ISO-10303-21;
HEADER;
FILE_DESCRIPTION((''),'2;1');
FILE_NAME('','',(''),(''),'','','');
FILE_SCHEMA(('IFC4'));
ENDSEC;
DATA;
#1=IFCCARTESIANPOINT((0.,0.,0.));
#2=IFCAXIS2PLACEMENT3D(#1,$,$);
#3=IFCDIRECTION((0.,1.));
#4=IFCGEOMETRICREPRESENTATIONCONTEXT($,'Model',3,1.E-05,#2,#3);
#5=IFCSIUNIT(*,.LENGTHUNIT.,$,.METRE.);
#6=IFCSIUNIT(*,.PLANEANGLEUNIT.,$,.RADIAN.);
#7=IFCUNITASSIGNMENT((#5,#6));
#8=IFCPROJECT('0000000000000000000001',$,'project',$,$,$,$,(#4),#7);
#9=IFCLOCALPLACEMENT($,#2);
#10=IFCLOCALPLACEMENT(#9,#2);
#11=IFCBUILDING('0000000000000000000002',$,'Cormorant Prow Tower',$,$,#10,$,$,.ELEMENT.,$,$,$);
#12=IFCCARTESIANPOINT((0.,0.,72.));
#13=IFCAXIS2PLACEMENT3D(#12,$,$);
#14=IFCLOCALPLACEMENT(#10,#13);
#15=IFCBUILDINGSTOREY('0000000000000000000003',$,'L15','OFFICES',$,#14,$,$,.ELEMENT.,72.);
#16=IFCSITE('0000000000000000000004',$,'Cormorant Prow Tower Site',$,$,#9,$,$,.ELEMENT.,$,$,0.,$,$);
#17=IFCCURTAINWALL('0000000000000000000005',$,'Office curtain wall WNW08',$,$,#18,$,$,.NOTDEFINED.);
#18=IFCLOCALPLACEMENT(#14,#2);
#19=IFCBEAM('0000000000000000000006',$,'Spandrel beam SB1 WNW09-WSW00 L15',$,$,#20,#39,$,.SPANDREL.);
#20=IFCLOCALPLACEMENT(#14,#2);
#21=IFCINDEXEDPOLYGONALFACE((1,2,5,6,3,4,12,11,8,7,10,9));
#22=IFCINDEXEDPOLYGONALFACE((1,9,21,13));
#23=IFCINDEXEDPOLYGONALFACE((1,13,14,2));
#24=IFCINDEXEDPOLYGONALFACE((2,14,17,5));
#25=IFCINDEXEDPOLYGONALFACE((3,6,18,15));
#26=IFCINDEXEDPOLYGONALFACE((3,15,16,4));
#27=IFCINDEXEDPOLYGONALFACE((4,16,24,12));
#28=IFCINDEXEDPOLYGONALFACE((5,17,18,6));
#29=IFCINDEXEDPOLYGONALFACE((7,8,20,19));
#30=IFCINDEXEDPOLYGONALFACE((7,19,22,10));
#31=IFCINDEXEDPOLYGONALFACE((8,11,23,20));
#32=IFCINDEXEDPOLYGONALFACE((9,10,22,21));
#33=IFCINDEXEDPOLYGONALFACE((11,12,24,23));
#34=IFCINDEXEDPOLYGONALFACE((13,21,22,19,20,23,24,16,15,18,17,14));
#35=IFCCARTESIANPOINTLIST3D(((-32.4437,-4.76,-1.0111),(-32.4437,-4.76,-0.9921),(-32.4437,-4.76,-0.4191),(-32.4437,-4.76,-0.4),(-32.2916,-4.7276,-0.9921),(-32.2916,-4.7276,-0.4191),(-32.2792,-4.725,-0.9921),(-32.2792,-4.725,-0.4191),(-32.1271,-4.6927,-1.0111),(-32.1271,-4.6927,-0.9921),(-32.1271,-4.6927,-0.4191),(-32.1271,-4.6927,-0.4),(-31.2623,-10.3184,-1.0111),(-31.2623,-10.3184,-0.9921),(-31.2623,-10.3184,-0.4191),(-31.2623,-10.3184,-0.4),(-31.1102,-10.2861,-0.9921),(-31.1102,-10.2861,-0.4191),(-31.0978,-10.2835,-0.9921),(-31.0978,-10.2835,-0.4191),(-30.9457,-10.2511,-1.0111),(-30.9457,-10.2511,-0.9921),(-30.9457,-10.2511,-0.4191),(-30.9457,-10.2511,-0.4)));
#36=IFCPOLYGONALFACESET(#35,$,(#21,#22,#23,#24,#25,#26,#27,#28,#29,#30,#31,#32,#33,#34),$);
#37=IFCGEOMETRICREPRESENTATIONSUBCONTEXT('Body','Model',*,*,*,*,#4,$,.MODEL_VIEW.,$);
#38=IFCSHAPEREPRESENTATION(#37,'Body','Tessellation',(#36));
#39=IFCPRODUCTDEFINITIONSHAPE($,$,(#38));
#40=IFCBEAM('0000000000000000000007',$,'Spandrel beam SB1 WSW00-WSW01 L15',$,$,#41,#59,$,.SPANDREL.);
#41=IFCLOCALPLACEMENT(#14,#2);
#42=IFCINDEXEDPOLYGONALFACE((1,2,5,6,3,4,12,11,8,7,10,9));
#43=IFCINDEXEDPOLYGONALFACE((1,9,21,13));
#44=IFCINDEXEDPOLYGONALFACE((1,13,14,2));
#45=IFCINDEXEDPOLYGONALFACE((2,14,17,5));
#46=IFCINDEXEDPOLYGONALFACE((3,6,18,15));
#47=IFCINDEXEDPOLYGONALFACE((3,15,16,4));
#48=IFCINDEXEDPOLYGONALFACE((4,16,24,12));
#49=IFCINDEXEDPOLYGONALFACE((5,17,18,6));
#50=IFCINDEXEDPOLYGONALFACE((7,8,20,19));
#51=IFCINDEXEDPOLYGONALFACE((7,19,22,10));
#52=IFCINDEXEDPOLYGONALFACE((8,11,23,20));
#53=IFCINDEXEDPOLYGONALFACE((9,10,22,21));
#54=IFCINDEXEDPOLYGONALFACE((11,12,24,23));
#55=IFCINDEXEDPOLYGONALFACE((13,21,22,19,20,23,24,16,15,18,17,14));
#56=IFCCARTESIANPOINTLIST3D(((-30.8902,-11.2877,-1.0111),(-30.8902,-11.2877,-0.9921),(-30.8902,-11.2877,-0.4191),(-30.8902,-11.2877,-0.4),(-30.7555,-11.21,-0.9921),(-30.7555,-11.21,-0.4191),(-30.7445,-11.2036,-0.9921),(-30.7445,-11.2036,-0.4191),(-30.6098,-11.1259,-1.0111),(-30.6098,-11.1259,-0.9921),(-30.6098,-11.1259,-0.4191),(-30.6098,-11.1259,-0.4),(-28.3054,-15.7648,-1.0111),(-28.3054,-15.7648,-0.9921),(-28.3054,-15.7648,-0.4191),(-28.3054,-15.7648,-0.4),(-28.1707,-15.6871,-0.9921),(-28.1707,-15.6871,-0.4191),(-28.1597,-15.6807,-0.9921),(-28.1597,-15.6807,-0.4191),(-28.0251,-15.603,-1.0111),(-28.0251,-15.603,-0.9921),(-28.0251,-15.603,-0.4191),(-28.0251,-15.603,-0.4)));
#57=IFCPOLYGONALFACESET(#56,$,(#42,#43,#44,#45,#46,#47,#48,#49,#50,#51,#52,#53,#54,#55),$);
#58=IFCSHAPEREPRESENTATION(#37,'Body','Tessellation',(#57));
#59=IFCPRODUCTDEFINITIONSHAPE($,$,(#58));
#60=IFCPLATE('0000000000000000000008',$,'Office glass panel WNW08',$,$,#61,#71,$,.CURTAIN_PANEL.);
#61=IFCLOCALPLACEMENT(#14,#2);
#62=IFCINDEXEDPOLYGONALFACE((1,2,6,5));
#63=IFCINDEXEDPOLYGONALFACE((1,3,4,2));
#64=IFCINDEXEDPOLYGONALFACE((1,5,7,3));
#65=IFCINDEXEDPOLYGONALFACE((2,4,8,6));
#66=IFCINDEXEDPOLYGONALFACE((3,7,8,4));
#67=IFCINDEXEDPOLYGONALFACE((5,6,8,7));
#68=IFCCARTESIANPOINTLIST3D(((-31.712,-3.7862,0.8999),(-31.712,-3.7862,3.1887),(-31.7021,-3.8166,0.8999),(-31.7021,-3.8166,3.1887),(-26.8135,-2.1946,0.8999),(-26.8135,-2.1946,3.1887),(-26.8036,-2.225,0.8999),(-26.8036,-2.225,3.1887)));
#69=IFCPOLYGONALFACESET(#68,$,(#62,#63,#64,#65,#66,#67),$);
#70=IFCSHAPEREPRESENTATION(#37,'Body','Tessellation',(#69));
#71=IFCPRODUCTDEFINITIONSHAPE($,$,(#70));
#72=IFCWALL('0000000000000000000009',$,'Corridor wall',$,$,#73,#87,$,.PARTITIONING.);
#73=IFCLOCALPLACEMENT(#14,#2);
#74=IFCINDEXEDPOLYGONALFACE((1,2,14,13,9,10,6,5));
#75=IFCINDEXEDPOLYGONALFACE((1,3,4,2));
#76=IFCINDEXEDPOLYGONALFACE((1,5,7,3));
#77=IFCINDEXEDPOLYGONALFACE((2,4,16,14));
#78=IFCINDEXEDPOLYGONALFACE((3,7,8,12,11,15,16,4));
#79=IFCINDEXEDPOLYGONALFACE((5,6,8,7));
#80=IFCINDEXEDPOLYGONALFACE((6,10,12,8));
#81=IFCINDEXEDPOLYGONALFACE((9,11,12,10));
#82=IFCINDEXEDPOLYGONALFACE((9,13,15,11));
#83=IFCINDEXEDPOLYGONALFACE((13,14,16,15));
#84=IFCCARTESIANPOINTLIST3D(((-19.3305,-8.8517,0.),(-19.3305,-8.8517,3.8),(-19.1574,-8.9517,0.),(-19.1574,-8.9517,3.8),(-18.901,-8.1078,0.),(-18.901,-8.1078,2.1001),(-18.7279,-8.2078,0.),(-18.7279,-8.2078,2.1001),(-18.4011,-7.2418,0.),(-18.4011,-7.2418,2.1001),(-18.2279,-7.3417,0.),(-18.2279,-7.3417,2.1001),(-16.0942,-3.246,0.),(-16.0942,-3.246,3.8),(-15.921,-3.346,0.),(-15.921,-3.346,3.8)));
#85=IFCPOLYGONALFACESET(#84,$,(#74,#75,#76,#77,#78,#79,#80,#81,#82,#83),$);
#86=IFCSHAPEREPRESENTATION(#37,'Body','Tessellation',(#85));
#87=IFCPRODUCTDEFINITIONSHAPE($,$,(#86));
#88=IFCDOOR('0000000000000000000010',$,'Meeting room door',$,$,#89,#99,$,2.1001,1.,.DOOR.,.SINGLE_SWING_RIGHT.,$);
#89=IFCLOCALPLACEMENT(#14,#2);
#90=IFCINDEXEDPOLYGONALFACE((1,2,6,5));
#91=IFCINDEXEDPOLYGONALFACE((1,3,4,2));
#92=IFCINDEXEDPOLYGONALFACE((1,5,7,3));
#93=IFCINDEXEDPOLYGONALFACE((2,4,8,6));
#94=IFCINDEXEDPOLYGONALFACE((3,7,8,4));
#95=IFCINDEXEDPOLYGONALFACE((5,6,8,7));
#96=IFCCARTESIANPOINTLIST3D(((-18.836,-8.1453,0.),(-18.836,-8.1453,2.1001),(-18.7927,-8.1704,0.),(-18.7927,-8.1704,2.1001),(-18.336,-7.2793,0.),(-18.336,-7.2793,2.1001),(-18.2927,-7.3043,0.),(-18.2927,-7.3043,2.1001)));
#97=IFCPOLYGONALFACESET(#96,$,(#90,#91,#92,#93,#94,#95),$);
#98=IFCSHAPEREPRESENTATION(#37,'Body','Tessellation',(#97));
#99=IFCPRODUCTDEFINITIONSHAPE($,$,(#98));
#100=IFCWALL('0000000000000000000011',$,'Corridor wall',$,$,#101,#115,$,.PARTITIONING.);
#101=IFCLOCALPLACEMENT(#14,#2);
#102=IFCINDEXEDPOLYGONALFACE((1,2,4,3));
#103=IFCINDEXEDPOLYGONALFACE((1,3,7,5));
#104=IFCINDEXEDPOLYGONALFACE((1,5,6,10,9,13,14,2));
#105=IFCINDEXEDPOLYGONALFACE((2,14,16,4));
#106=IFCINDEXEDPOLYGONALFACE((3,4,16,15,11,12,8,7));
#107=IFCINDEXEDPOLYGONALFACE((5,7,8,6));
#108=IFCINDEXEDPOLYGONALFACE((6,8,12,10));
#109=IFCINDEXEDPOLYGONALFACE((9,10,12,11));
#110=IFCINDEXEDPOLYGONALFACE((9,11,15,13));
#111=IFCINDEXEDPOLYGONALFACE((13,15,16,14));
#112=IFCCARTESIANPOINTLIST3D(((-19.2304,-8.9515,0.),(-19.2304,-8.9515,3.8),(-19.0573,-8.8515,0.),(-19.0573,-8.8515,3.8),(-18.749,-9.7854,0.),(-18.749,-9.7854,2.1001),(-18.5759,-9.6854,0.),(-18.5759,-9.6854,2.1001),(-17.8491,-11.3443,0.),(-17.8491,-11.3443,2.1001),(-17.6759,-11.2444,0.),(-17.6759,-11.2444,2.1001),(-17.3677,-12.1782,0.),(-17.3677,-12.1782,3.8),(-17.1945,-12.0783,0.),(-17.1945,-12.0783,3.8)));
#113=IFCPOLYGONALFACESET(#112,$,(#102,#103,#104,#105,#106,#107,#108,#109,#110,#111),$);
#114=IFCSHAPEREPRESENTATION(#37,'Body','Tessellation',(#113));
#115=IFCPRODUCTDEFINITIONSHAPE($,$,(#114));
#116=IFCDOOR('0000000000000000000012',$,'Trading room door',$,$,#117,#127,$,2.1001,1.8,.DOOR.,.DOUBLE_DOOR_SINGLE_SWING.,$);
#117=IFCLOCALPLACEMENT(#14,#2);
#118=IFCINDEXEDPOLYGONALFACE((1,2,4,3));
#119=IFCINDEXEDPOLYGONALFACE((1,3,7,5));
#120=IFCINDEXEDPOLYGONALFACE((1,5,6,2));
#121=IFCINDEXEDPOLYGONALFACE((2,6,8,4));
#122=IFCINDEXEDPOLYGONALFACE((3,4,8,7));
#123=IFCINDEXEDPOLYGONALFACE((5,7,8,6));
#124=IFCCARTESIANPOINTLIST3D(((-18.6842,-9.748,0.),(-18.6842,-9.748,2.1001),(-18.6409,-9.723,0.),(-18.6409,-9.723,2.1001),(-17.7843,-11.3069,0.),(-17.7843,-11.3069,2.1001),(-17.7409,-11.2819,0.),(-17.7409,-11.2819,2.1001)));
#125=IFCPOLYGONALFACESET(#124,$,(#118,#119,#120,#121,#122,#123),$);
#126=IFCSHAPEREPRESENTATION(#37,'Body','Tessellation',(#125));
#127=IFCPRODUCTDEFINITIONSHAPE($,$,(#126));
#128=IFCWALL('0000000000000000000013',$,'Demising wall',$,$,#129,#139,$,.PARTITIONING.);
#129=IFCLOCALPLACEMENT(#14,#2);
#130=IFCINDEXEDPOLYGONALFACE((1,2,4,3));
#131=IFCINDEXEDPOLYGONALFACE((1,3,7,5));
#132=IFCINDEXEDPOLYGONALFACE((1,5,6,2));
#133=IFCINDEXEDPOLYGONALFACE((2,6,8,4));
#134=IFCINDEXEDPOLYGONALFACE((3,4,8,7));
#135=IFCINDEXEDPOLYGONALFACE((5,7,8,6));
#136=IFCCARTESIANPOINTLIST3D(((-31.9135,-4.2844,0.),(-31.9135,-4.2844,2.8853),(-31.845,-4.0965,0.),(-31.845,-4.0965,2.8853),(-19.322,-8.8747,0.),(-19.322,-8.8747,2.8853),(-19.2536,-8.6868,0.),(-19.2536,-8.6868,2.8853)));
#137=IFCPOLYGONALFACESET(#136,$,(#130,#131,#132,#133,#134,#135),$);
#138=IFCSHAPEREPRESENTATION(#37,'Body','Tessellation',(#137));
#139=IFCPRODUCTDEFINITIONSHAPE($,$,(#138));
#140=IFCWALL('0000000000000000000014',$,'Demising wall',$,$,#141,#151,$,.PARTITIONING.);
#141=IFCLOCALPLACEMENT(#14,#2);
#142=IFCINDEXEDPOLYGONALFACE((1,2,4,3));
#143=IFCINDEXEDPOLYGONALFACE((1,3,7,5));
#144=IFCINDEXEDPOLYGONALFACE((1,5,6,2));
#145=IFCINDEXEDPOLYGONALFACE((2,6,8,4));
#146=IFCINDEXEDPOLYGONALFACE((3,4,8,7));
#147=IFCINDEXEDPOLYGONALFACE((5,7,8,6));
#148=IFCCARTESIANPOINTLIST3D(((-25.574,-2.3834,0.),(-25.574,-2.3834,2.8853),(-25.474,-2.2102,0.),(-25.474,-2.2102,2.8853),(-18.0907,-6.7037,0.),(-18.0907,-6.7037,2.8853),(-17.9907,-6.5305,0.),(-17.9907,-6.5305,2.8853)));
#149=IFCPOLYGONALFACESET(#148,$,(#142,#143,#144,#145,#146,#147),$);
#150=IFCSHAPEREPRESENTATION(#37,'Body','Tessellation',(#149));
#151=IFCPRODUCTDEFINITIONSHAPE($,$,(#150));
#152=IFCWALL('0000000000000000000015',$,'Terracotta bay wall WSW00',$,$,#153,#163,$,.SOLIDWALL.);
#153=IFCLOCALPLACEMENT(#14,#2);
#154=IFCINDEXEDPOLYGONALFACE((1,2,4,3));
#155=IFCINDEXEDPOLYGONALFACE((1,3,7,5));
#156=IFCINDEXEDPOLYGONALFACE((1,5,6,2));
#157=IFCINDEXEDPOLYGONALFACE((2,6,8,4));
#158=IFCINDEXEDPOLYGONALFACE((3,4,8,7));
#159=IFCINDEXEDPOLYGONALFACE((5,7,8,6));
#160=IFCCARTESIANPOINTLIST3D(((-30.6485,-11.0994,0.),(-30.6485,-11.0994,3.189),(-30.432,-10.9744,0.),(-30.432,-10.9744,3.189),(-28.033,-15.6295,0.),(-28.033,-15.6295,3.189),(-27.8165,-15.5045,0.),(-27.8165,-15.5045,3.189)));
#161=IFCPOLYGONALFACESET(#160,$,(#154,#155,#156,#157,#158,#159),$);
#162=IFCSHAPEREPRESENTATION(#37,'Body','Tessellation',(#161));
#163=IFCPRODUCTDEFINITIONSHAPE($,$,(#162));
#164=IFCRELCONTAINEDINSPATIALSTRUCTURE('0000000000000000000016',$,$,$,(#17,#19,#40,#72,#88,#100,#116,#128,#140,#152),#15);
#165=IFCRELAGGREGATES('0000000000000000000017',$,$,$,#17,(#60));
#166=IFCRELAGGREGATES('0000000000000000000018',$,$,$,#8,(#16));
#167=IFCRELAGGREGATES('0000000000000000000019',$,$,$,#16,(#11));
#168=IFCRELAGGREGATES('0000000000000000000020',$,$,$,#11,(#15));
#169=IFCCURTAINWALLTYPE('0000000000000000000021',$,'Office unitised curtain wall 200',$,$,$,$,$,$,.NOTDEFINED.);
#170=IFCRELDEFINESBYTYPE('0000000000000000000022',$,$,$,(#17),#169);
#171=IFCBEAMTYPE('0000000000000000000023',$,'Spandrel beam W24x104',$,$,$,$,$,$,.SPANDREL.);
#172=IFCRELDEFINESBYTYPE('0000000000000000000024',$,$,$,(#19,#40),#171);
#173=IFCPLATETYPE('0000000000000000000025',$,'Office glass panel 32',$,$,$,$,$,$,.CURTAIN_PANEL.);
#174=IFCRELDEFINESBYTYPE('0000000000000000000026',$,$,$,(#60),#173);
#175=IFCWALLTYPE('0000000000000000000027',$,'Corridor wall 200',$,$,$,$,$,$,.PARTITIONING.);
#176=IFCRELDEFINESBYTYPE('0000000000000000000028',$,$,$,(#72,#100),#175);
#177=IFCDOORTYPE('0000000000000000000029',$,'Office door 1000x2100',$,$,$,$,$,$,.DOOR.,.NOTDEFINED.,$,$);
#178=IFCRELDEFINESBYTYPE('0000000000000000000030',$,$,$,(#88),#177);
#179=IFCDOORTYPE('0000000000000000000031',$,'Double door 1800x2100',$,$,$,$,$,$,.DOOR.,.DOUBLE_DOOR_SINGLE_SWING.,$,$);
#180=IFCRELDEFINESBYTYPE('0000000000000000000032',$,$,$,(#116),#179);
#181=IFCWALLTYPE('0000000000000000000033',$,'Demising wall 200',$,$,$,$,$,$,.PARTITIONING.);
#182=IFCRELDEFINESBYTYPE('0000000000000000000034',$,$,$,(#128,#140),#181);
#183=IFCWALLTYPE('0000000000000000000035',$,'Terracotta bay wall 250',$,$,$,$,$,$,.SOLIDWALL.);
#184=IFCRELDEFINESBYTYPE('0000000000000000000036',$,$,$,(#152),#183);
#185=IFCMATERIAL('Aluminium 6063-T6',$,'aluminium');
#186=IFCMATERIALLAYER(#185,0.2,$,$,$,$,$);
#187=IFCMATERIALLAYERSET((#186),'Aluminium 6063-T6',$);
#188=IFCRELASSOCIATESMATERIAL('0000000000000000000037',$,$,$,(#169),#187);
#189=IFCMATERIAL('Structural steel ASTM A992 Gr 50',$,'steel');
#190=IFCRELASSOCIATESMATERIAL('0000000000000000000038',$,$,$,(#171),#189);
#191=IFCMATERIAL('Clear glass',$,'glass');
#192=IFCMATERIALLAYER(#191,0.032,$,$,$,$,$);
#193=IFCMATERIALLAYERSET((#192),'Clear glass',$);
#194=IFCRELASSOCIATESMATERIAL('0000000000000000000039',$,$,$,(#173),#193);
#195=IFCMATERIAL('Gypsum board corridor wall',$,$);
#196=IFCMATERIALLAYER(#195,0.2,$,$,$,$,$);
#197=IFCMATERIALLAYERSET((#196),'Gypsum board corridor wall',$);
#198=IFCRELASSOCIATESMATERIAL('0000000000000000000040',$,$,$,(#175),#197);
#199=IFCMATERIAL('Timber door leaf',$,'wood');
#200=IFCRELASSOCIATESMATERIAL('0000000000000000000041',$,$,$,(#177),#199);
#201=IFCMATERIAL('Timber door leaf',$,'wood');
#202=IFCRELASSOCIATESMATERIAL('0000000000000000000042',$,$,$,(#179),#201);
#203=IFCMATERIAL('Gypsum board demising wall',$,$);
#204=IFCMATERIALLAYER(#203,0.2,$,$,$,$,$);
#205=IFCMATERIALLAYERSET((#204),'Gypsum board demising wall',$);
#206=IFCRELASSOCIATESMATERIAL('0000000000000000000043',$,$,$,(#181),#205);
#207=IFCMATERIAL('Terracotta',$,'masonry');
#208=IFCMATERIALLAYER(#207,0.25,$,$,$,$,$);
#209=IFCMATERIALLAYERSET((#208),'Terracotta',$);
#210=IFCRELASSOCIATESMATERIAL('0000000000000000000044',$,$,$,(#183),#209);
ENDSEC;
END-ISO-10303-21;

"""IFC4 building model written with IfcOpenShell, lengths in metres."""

from ifc_helpers import new_model, si_unit, direction, frame, frame_2d, origin, origin_2d, place, context, subcontext, project, spatial, rectangle, i_section, extrude, material, layer, layer_set, material_profile, profile_set, type_object, element, fill, aggregate, save


model = new_model("IFC4")

# Units and contexts
model_context = context("Model", 3, precision=1e-05, world=origin(), true_north=direction((0.0, 1.0)))
body_context = subcontext(model_context, "Body", "Model", "MODEL_VIEW")
ifc_project = project(units=[si_unit("LENGTHUNIT", "METRE"), si_unit("PLANEANGLEUNIT", "RADIAN")], contexts=[model_context])

# Site, building, storey
site_placement = place(None, origin())
site = spatial("IfcSite", under=ifc_project, at=site_placement, Name="Cormorant Prow Tower Site", CompositionType="ELEMENT", RefElevation=0.0)
building_placement = place(site_placement, origin())
building = spatial("IfcBuilding", under=site, at=building_placement, Name="Cormorant Prow Tower", CompositionType="ELEMENT")
storey_placement = place(building_placement, frame((0.0, 0.0, 72.0)))
storey = spatial("IfcBuildingStorey", under=building, at=storey_placement, Name="L15", Description="OFFICES", CompositionType="ELEMENT", Elevation=72.0)

# Curtain wall
ifc_material_1 = material(Name="Aluminium 6063-T6", Category="aluminium")
ifc_layer_1 = layer(ifc_material_1, 0.2)
ifc_layer_set_1 = layer_set([ifc_layer_1], Name="Aluminium 6063-T6")
curtain_wall_type = type_object("IfcCurtainWallType", Name="Office unitised curtain wall 200", PredefinedType="NOTDEFINED", material=ifc_layer_set_1)
curtain_wall_placement = place(storey_placement, origin())
curtain_wall = element("IfcCurtainWall", 1, at=curtain_wall_placement, inside=storey, type_object=curtain_wall_type, Name="Office curtain wall WNW08", PredefinedType="NOTDEFINED")

# Beams
ifc_material_2 = material(Name="Structural steel ASTM A992 Gr 50", Category="steel")
ifc_material_profile_1 = material_profile(ifc_material_2, i_section(OverallWidth=0.3237, OverallDepth=0.6111, WebThickness=0.0127, FlangeThickness=0.019, at=origin_2d()), Name="W24x104")
ifc_profile_set_1 = profile_set([ifc_material_profile_1], Name="Structural steel ASTM A992 Gr 50")
beam_type_1 = type_object("IfcBeamType", Name="Spandrel beam W24x104", PredefinedType="SPANDREL", material=ifc_profile_set_1)
beam_1_placement = place(storey_placement, frame((-32.2854, -4.7263, -0.7056), z_axis=(0.2079, -0.97815, 0.0), x_axis=(0.97815, 0.2079, 0.0)))
element("IfcBeam", 2, at=beam_1_placement, inside=storey, type_object=beam_type_1, Name="Spandrel beam SB1 WNW09-WSW00 L15", PredefinedType="SPANDREL", context=body_context, shape_type="SweptSolid", body=[
    extrude(i_section(OverallWidth=0.3237, OverallDepth=0.6111, WebThickness=0.0127, FlangeThickness=0.019, at=origin_2d()), origin(), (0.0, 0.0, 1.0), 5.6826),
])
beam_2_placement = place(storey_placement, frame((-30.75, -11.2068, -0.7056), z_axis=(0.499984, -0.866035, 0.0), x_axis=(0.866035, 0.499984, 0.0)))
element("IfcBeam", 3, at=beam_2_placement, inside=storey, type_object=beam_type_1, Name="Spandrel beam SB1 WSW00-WSW01 L15", PredefinedType="SPANDREL", context=body_context, shape_type="SweptSolid", body=[
    extrude(i_section(OverallWidth=0.3237, OverallDepth=0.6111, WebThickness=0.0127, FlangeThickness=0.019, at=origin_2d()), origin(), (0.0, 0.0, 1.0), 5.1697),
])

# Plate
ifc_material_3 = material(Name="Clear glass", Category="glass")
ifc_layer_2 = layer(ifc_material_3, 0.032)
ifc_layer_set_2 = layer_set([ifc_layer_2], Name="Clear glass")
plate_type = type_object("IfcPlateType", Name="Office glass panel 32", PredefinedType="CURTAIN_PANEL", material=ifc_layer_set_2)
plate_placement = place(storey_placement, frame((-29.2578, -3.0056, 0.8999), z_axis=(0.0, 0.0, 1.0), x_axis=(-0.951057, -0.309017, 0.0)))
plate = element("IfcPlate", 4, at=plate_placement, type_object=plate_type, Name="Office glass panel WNW08", PredefinedType="CURTAIN_PANEL", context=body_context, shape_type="SweptSolid", body=[
    extrude(rectangle(XDim=5.1506, YDim=0.032, at=origin_2d()), origin(), (0.0, 0.0, 1.0), 2.2888),
])
aggregate(curtain_wall, [plate])

# Walls, openings, doors
ifc_material_4 = material(Name="Gypsum board corridor wall")
ifc_layer_3 = layer(ifc_material_4, 0.2)
ifc_layer_set_3 = layer_set([ifc_layer_3], Name="Gypsum board corridor wall")
wall_type_1 = type_object("IfcWallType", Name="Corridor wall 200", PredefinedType="PARTITIONING", material=ifc_layer_set_3)
wall_1_placement = place(storey_placement, frame((-19.2439, -8.9016, 0.0), z_axis=(0.0, 0.0, 1.0), x_axis=(0.499985, 0.866034, 0.0)))
wall_1 = element("IfcWall", 5, at=wall_1_placement, inside=storey, type_object=wall_type_1, Name="Corridor wall", PredefinedType="PARTITIONING", context=body_context, shape_type="SweptSolid", body=[
    extrude(rectangle(XDim=6.4729, YDim=0.2, at=frame_2d((3.2363, 0.0))), origin(), (0.0, 0.0, 1.0), 3.8),
])
opening_1_placement = place(wall_1_placement, frame((0.8589, 0.0, 0.0)))
opening_1 = element("IfcOpeningElement", 6, at=opening_1_placement, cuts=wall_1, PredefinedType="OPENING", context=body_context, shape_type="SweptSolid", body=[
    extrude(rectangle(XDim=1.0, YDim=2.1001, at=frame_2d((0.5, 1.05))), frame((0.0, 0.1099, 0.0), z_axis=(0.0, -1.0, 0.0), x_axis=(1.0, 0.0, 0.0)), (0.0, 0.0, 1.0), 0.22),
])
ifc_material_5 = material(Name="Timber door leaf", Category="wood")
door_type_1 = type_object("IfcDoorType", Name="Office door 1000x2100", OperationType="NOTDEFINED", PredefinedType="DOOR", material=ifc_material_5)
door_1_placement = place(opening_1_placement, origin())
door_1 = element("IfcDoor", 7, at=door_1_placement, inside=storey, type_object=door_type_1, Name="Meeting room door", OperationType="SINGLE_SWING_RIGHT", OverallHeight=2.1001, OverallWidth=1.0, PredefinedType="DOOR", context=body_context, shape_type="SweptSolid", body=[
    extrude(rectangle(XDim=1.0, YDim=2.1001, at=frame_2d((0.5, 1.05))), frame((0.0, 0.0249, 0.0), z_axis=(0.0, -1.0, 0.0), x_axis=(1.0, 0.0, 0.0)), (0.0, 0.0, 1.0), 0.05),
])
fill(opening_1, door_1)
wall_2_placement = place(storey_placement, frame((-19.1438, -8.9016, 0.0), z_axis=(0.0, 0.0, 1.0), x_axis=(0.499959, -0.866049, 0.0)))
wall_2 = element("IfcWall", 8, at=wall_2_placement, inside=storey, type_object=wall_type_1, Name="Corridor wall", PredefinedType="PARTITIONING", context=body_context, shape_type="SweptSolid", body=[
    extrude(rectangle(XDim=3.7258, YDim=0.2, at=frame_2d((1.8628, 0.0))), origin(), (0.0, 0.0, 1.0), 3.8),
])
opening_2_placement = place(wall_2_placement, frame((0.9629, 0.0, 0.0)))
opening_2 = element("IfcOpeningElement", 9, at=opening_2_placement, cuts=wall_2, PredefinedType="OPENING", context=body_context, shape_type="SweptSolid", body=[
    extrude(rectangle(XDim=1.8, YDim=2.1001, at=frame_2d((0.8999, 1.05))), frame((0.0, 0.1099, 0.0), z_axis=(0.0, -1.0, 0.0), x_axis=(1.0, 0.0, 0.0)), (0.0, 0.0, 1.0), 0.22),
])
ifc_material_6 = material(Name="Timber door leaf", Category="wood")
door_type_2 = type_object("IfcDoorType", Name="Double door 1800x2100", OperationType="DOUBLE_DOOR_SINGLE_SWING", PredefinedType="DOOR", material=ifc_material_6)
door_2_placement = place(opening_2_placement, origin())
door_2 = element("IfcDoor", 10, at=door_2_placement, inside=storey, type_object=door_type_2, Name="Trading room door", OperationType="DOUBLE_DOOR_SINGLE_SWING", OverallHeight=2.1001, OverallWidth=1.8, PredefinedType="DOOR", context=body_context, shape_type="SweptSolid", body=[
    extrude(rectangle(XDim=1.8, YDim=2.1001, at=frame_2d((0.8999, 1.05))), frame((0.0, 0.0249, 0.0), z_axis=(0.0, -1.0, 0.0), x_axis=(1.0, 0.0, 0.0)), (0.0, 0.0, 1.0), 0.05),
])
fill(opening_2, door_2)

# Walls
ifc_material_7 = material(Name="Gypsum board demising wall")
ifc_layer_4 = layer(ifc_material_7, 0.2)
ifc_layer_set_4 = layer_set([ifc_layer_4], Name="Gypsum board demising wall")
wall_type_2 = type_object("IfcWallType", Name="Demising wall 200", PredefinedType="PARTITIONING", material=ifc_layer_set_4)
wall_3_placement = place(storey_placement, frame((-31.8794, -4.1904, 0.0), z_axis=(0.0, 0.0, 1.0), x_axis=(0.939515, -0.342506, 0.0)))
element("IfcWall", 11, at=wall_3_placement, inside=storey, type_object=wall_type_2, Name="Demising wall", PredefinedType="PARTITIONING", context=body_context, shape_type="SweptSolid", body=[
    extrude(rectangle(XDim=13.4021, YDim=0.2, at=frame_2d((6.7012, 0.0))), origin(), (0.0, 0.0, 1.0), 2.8853),
])
wall_4_placement = place(storey_placement, frame((-25.5239, -2.2969, 0.0), z_axis=(0.0, 0.0, 1.0), x_axis=(0.866037, -0.49998, 0.0)))
element("IfcWall", 12, at=wall_4_placement, inside=storey, type_object=wall_type_2, Name="Demising wall", PredefinedType="PARTITIONING", context=body_context, shape_type="SweptSolid", body=[
    extrude(rectangle(XDim=8.6409, YDim=0.2, at=frame_2d((4.3203, 0.0))), origin(), (0.0, 0.0, 1.0), 2.8853),
])
ifc_material_8 = material(Name="Terracotta", Category="masonry")
ifc_layer_5 = layer(ifc_material_8, 0.25)
ifc_layer_set_5 = layer_set([ifc_layer_5], Name="Terracotta")
wall_type_3 = type_object("IfcWallType", Name="Terracotta bay wall 250", PredefinedType="SOLIDWALL", material=ifc_layer_set_5)
wall_5_placement = place(storey_placement, frame((-30.5403, -11.0369, 0.0), z_axis=(0.0, 0.0, 1.0), x_axis=(0.500009, -0.86602, 0.0)))
element("IfcWall", 13, at=wall_5_placement, inside=storey, type_object=wall_type_3, Name="Terracotta bay wall WSW00", PredefinedType="SOLIDWALL", context=body_context, shape_type="SweptSolid", body=[
    extrude(rectangle(XDim=5.231, YDim=0.25, at=frame_2d((2.6155, 0.0))), origin(), (0.0, 0.0, 1.0), 3.189),
])

save(model, "model.ifc")
